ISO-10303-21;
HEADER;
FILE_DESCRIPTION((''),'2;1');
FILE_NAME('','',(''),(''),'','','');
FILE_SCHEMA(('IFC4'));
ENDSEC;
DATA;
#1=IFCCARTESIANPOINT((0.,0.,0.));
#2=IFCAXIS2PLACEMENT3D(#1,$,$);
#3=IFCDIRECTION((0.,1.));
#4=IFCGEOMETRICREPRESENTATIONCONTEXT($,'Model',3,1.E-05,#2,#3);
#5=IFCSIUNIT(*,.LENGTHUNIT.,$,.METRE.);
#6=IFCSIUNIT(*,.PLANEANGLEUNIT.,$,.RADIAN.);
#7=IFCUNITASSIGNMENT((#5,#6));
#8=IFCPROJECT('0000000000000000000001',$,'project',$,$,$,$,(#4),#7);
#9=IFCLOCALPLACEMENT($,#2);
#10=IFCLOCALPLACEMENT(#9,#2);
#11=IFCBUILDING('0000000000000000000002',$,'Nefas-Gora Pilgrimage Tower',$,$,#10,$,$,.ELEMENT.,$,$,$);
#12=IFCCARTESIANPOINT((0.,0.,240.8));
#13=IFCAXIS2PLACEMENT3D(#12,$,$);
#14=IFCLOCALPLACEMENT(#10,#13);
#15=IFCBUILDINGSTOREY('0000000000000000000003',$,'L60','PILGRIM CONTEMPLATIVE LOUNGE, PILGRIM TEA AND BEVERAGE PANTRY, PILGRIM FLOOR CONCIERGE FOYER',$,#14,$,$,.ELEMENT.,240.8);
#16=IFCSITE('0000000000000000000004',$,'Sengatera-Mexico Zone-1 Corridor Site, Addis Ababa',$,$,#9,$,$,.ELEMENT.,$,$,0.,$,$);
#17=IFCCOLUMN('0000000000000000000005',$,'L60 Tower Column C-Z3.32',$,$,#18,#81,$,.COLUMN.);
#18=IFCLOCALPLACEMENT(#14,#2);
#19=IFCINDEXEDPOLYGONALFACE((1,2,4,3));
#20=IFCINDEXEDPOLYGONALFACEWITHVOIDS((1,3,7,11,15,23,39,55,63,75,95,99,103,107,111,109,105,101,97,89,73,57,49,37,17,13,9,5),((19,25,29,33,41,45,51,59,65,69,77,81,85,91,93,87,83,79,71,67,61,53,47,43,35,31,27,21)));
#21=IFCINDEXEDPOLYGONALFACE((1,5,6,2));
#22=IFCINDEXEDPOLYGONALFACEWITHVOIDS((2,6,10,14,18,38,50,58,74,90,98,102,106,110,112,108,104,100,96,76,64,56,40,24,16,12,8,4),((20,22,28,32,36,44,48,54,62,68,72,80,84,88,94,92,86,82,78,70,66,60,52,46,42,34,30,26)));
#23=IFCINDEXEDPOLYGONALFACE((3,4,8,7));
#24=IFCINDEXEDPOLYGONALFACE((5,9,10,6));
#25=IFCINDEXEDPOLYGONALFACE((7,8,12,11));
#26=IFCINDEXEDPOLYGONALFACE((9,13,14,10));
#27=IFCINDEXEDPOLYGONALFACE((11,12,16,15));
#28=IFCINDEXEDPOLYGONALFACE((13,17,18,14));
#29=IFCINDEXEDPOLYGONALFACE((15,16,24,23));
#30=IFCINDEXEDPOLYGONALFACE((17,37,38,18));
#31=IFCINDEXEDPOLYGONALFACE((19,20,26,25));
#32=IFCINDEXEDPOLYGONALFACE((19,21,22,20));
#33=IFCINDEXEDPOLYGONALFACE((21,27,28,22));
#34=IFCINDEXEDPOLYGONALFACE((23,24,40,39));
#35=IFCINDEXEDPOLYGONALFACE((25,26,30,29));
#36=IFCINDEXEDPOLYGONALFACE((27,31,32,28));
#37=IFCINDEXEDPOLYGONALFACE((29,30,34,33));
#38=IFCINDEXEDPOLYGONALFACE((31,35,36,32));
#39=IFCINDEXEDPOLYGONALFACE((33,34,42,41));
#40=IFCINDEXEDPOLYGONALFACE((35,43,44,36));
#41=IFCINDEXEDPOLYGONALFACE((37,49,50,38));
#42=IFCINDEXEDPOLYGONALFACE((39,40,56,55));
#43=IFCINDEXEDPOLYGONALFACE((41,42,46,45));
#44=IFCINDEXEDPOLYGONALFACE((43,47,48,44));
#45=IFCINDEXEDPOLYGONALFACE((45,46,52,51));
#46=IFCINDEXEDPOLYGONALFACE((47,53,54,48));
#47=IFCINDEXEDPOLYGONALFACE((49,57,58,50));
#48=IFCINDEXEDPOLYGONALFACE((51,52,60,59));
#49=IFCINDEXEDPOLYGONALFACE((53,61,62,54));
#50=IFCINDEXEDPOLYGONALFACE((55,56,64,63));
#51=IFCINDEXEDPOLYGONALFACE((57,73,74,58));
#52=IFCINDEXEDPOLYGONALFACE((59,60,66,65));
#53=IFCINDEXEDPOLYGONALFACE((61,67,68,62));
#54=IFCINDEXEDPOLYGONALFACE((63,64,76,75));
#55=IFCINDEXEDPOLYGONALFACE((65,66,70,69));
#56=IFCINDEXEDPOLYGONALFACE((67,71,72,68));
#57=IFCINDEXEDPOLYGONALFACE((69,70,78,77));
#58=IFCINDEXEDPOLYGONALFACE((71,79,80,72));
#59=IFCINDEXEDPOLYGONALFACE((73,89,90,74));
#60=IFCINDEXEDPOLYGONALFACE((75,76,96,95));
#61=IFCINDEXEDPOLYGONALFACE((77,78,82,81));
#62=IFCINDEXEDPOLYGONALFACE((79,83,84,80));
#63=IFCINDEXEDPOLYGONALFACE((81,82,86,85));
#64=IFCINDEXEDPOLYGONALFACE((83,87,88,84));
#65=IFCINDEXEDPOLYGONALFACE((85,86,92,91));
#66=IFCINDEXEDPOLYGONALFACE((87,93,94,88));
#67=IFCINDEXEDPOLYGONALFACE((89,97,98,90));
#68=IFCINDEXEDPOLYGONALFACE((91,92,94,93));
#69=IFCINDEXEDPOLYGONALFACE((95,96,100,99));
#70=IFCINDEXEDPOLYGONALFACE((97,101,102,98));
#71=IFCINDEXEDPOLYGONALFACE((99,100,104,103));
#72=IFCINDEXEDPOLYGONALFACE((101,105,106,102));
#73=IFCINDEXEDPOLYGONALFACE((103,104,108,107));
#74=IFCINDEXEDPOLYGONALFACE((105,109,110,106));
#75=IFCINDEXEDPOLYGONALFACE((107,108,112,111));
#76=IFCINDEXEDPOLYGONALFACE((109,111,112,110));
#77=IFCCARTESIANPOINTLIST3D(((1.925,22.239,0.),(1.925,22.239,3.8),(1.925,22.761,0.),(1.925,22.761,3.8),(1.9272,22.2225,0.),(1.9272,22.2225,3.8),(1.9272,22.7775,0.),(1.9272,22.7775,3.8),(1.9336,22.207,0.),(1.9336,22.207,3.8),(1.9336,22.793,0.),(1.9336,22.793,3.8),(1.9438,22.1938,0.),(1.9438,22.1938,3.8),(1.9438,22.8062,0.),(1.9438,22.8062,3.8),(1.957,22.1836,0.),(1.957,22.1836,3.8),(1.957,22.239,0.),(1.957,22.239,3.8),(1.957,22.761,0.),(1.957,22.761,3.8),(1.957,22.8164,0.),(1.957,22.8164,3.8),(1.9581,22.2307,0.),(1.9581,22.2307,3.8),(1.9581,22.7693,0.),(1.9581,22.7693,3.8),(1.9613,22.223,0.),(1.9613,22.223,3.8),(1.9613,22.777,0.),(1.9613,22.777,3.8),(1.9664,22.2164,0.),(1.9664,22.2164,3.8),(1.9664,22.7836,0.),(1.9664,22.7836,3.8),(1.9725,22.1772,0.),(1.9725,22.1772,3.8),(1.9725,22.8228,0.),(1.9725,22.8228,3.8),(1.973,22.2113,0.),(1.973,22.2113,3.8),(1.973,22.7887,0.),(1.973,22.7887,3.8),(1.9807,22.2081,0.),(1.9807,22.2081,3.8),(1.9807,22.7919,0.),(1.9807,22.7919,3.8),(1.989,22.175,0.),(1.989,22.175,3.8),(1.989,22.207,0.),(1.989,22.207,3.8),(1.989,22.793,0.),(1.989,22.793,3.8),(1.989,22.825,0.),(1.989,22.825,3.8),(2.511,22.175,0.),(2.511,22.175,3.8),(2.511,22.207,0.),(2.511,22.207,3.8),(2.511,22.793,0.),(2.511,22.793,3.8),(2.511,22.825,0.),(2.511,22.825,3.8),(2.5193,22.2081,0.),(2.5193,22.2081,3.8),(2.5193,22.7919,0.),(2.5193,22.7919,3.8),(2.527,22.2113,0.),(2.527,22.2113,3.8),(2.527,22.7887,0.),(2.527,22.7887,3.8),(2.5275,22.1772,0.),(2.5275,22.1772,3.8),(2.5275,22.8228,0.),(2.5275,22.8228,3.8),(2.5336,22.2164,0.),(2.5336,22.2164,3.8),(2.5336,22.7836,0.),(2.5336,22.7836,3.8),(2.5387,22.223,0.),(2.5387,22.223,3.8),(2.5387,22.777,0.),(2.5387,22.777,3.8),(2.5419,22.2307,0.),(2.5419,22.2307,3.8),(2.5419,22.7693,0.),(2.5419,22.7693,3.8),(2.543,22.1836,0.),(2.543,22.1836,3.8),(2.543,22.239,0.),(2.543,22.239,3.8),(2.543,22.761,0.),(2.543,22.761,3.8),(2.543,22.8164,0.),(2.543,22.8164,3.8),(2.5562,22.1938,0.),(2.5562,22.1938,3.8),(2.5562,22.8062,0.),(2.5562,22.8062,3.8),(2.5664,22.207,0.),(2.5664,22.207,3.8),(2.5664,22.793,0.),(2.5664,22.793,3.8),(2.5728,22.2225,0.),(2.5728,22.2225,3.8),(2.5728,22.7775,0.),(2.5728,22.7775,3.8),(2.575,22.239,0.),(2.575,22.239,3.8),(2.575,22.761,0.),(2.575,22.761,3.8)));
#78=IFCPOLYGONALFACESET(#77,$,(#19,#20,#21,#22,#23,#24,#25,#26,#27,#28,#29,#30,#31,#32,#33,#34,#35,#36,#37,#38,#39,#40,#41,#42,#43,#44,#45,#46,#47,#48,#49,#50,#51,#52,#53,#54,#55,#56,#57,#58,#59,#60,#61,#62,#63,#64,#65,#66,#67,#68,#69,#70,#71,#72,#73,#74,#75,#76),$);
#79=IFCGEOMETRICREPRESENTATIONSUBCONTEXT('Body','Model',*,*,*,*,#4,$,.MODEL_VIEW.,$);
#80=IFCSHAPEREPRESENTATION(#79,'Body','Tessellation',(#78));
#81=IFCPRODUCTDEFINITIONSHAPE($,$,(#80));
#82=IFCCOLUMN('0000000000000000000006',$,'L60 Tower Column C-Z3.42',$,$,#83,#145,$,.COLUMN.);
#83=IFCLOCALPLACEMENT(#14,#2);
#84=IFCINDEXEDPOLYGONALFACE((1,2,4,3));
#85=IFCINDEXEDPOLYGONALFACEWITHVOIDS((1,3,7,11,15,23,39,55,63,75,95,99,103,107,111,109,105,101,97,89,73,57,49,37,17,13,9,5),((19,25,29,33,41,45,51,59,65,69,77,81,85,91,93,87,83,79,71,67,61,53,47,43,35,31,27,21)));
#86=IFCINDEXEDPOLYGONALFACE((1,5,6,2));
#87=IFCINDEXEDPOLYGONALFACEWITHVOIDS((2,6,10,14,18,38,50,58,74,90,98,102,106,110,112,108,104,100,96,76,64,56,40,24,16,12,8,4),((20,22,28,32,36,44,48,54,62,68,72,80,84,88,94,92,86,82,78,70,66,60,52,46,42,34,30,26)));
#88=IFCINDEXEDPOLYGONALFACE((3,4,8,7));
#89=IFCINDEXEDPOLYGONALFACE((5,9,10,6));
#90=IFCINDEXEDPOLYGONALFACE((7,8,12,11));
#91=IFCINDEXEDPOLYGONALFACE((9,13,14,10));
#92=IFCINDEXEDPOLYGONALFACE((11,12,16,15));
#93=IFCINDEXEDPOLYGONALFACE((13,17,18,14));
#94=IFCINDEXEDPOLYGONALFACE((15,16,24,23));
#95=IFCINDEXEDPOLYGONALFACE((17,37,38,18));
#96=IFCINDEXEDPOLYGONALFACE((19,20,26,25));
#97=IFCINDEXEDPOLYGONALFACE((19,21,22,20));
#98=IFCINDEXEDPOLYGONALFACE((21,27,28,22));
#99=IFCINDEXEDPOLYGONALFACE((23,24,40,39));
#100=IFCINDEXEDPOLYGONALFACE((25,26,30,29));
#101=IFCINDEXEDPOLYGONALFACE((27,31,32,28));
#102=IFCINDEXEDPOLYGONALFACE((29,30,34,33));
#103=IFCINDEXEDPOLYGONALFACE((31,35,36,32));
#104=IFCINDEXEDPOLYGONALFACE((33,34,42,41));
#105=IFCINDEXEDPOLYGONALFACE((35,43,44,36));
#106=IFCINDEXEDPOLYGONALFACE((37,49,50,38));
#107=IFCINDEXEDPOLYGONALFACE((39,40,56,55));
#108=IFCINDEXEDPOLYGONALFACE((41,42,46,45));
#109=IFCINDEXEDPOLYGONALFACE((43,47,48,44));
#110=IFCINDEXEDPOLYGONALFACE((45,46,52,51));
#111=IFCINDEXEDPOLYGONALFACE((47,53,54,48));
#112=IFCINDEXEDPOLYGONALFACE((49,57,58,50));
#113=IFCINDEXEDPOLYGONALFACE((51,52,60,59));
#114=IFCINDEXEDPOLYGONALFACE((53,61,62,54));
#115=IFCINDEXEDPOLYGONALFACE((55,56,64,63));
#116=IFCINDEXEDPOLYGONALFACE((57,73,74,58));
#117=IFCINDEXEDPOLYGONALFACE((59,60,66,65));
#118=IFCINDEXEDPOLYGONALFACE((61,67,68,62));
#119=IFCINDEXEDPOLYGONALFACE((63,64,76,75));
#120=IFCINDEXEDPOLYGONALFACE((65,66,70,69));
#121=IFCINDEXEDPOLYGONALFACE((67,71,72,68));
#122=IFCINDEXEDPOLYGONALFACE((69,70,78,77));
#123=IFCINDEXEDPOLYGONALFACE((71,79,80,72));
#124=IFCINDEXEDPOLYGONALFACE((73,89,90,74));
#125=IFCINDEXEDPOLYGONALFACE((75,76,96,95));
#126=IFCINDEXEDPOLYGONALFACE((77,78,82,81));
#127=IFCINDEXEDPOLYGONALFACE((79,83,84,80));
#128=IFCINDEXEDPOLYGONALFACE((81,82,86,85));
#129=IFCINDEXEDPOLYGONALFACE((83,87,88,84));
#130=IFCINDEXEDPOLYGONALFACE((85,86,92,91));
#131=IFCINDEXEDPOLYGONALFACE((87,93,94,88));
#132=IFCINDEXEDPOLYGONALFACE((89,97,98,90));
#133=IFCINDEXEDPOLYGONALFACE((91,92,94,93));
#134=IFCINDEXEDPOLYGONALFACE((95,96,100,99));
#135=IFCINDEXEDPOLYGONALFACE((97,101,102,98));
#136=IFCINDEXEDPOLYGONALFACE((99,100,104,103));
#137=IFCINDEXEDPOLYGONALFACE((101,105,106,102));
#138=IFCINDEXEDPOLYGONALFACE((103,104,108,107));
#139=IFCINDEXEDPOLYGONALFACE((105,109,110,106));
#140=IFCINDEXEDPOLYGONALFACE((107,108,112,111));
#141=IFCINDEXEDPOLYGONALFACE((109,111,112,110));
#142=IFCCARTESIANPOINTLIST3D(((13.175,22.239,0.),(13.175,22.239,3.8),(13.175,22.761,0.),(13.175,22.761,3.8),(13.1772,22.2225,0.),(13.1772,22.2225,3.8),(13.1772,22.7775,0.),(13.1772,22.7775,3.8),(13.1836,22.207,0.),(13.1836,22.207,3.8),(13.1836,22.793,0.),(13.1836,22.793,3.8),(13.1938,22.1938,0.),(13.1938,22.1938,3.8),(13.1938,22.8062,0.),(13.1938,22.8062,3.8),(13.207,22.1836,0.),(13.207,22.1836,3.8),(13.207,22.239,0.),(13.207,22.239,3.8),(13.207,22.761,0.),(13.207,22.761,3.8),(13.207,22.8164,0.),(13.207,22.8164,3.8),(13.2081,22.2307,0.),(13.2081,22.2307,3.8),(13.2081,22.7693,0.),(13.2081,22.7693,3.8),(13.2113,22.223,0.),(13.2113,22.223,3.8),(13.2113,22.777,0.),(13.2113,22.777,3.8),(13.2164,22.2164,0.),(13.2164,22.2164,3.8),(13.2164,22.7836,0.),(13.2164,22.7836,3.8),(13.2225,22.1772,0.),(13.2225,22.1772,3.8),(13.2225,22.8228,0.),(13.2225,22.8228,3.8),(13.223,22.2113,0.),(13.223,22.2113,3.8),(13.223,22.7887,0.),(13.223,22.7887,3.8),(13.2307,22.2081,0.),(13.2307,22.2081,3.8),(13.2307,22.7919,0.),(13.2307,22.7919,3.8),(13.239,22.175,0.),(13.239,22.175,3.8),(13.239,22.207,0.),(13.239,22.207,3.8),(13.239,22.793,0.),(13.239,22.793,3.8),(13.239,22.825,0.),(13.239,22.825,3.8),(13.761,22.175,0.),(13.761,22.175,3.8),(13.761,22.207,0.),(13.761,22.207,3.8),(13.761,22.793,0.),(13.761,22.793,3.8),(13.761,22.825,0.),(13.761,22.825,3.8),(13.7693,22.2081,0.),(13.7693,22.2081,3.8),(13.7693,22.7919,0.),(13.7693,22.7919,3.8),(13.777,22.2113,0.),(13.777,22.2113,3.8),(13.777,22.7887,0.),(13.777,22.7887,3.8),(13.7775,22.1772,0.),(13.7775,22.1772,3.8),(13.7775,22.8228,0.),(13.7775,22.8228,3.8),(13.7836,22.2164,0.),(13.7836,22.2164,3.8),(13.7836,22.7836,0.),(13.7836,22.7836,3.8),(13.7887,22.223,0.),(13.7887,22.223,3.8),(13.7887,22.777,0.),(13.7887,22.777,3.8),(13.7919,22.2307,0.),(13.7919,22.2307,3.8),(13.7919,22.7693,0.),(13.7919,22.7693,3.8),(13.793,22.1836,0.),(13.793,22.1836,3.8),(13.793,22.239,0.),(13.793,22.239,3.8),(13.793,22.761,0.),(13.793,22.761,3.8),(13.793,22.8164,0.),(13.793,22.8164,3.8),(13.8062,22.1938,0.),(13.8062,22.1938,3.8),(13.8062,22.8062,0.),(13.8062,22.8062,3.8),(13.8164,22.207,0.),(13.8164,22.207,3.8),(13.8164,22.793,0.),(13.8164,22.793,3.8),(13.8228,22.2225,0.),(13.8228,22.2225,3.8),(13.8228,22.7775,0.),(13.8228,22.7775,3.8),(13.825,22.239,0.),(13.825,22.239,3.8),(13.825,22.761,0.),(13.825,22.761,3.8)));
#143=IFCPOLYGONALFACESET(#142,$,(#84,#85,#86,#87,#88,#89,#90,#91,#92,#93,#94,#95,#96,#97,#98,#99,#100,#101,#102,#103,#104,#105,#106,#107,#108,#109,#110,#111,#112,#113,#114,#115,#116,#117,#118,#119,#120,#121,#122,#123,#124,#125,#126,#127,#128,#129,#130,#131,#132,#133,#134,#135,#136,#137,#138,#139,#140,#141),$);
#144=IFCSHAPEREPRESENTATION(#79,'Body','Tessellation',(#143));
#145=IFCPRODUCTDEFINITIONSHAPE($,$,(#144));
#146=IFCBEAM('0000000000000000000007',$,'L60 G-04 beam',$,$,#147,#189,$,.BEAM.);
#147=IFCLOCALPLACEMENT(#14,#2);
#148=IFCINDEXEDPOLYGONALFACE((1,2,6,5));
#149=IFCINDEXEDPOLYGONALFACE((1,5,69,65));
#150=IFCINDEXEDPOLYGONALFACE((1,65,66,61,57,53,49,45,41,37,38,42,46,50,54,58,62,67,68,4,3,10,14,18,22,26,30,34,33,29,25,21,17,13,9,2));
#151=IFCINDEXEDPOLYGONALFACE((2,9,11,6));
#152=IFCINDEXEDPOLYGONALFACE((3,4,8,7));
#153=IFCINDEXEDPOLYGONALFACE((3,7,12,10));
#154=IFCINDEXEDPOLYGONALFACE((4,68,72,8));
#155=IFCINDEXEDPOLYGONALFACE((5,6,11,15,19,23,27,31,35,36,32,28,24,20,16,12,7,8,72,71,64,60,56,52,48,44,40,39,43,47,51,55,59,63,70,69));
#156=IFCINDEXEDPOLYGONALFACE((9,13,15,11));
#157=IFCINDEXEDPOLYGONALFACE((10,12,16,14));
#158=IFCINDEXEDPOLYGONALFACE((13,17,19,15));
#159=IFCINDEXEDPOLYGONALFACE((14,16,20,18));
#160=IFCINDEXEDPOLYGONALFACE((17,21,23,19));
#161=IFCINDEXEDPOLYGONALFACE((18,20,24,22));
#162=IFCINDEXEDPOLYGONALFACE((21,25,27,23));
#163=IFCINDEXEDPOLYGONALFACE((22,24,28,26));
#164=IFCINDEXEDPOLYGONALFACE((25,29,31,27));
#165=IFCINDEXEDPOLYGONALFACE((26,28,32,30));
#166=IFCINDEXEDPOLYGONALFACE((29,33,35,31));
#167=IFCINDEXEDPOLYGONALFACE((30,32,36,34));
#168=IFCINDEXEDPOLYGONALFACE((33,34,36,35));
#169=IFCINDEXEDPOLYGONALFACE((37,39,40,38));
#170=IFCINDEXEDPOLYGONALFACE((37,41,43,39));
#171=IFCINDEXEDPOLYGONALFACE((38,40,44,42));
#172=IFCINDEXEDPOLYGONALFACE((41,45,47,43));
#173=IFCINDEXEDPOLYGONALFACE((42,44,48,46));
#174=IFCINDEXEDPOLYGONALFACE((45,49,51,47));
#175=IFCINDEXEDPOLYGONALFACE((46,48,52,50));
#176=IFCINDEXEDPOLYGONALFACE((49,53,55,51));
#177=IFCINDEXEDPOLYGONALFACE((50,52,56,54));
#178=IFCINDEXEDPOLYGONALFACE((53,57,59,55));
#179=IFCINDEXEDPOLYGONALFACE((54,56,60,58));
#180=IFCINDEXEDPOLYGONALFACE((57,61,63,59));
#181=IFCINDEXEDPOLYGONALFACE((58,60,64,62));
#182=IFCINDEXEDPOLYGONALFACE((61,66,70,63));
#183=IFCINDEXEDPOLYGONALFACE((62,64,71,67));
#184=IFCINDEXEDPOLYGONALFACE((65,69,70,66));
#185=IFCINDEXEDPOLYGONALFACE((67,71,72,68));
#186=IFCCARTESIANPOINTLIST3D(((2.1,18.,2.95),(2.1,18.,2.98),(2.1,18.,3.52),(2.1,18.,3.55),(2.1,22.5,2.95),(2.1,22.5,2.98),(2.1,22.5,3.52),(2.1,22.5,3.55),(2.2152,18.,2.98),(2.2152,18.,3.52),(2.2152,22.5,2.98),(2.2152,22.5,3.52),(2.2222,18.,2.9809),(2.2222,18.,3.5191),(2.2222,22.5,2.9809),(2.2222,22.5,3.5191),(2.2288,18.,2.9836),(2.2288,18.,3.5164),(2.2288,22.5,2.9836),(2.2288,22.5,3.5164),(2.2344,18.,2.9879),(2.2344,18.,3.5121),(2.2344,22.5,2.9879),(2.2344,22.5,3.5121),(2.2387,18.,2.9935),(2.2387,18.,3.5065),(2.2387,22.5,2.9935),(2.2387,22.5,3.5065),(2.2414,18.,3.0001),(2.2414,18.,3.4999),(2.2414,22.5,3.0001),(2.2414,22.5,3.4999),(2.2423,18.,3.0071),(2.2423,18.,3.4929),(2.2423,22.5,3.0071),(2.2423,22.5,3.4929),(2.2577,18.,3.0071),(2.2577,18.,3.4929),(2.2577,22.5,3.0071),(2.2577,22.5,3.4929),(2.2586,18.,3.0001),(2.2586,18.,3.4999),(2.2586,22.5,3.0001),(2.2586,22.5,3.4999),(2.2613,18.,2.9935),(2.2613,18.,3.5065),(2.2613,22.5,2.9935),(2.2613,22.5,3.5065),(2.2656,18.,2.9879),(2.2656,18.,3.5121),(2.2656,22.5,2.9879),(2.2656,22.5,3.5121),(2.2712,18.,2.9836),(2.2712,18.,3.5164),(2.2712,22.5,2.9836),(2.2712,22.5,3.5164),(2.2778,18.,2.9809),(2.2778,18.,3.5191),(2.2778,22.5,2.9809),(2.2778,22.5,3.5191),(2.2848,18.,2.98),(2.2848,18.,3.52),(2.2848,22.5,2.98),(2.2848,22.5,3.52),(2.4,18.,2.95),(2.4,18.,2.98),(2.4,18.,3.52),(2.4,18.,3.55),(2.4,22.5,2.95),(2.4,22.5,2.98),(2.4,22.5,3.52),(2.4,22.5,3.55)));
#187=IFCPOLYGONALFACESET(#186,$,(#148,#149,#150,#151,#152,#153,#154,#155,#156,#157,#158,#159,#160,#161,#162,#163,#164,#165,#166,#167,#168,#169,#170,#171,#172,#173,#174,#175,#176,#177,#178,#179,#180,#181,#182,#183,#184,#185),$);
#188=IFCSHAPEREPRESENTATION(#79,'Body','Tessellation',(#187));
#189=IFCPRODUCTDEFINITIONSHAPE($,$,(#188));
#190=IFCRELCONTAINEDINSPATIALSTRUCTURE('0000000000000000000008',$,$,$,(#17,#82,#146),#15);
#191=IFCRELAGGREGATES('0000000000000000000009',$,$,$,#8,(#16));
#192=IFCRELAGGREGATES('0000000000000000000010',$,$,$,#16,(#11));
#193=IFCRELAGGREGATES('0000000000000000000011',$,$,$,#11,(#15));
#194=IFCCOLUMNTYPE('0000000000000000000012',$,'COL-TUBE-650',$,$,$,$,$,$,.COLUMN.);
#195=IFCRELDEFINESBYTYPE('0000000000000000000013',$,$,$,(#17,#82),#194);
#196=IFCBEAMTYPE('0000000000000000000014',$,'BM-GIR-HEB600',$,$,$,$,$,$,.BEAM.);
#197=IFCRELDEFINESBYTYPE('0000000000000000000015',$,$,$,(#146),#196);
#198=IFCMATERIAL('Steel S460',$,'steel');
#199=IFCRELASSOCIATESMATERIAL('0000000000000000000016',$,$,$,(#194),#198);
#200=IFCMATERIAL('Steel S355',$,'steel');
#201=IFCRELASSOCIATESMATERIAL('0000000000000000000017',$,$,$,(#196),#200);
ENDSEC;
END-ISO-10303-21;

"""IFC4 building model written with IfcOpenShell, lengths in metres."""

from ifc_helpers import new_model, si_unit, direction, frame, origin, origin_2d, place, context, subcontext, project, spatial, hollow_rectangle, i_section, extrude, source, transform, mapped, material, material_profile, profile_set, type_object, element, save


model = new_model("IFC4")

# Units and contexts
model_context = context("Model", 3, precision=1e-05, world=origin(), true_north=direction((0.0, 1.0)))
body_context = subcontext(model_context, "Body", "Model", "MODEL_VIEW")
ifc_project = project(units=[si_unit("LENGTHUNIT", "METRE"), si_unit("PLANEANGLEUNIT", "RADIAN")], contexts=[model_context])

# Site, building, storey
site_placement = place(None, origin())
site = spatial("IfcSite", under=ifc_project, at=site_placement, Name="Sengatera-Mexico Zone-1 Corridor Site, Addis Ababa", CompositionType="ELEMENT", RefElevation=0.0)
building_placement = place(site_placement, origin())
building = spatial("IfcBuilding", under=site, at=building_placement, Name="Nefas-Gora Pilgrimage Tower", CompositionType="ELEMENT")
storey_placement = place(building_placement, frame((0.0, 0.0, 240.8)))
storey = spatial("IfcBuildingStorey", under=building, at=storey_placement, Name="L60", Description="PILGRIM CONTEMPLATIVE LOUNGE, PILGRIM TEA AND BEVERAGE PANTRY, PILGRIM FLOOR CONCIERGE FOYER", CompositionType="ELEMENT", Elevation=240.8)

# Columns
ifc_material_1 = material(Name="Steel S460", Category="steel")
ifc_material_profile_1 = material_profile(ifc_material_1, hollow_rectangle(XDim=0.6499, YDim=0.6499, WallThickness=0.032, InnerFilletRadius=0.032, OuterFilletRadius=0.064, at=origin_2d()), Name="BOX 650x650x32")
ifc_profile_set_1 = profile_set([ifc_material_profile_1], Name="Steel S460")
column_type_1 = type_object("IfcColumnType", Name="COL-TUBE-650", PredefinedType="COLUMN", material=ifc_profile_set_1)
shared_shape_1 = source(origin(), body_context, "Body", "SweptSolid", [
    extrude(hollow_rectangle(XDim=0.6499, YDim=0.6499, WallThickness=0.032, InnerFilletRadius=0.032, OuterFilletRadius=0.064, at=origin_2d()), origin(), (0.0, 0.0, 1.0), 3.8),
])
for number, where, z_axis, x_axis, name in (
    (1, (2.25, 22.5, 0.0), (0.0, 0.0, 1.0), (1.0, 0.0, 0.0), "L60 Tower Column C-Z3.32"),
    (2, (13.5, 22.5, 0.0), (0.0, 0.0, 1.0), (1.0, 0.0, 0.0), "L60 Tower Column C-Z3.42"),
):
    element("IfcColumn", number, at=place(storey_placement, frame(where, z_axis=z_axis, x_axis=x_axis)), inside=storey, type_object=column_type_1, Name=name, PredefinedType="COLUMN", context=body_context, shape_type="MappedRepresentation", body=[
        mapped(shared_shape_1, transform((0.0, 0.0, 0.0), x_axis=(1.0, 0.0, 0.0), y_axis=(0.0, 1.0, 0.0), z_axis=(0.0, 0.0, 1.0), scale=1.0)),
    ])

# Beam
ifc_material_2 = material(Name="Steel S355", Category="steel")
ifc_material_profile_2 = material_profile(ifc_material_2, i_section(OverallWidth=0.3, OverallDepth=0.6001, WebThickness=0.0154, FlangeThickness=0.03, FilletRadius=0.0271, at=origin_2d()), Name="HEB 600")
ifc_profile_set_2 = profile_set([ifc_material_profile_2], Name="Steel S355")
beam_type_1 = type_object("IfcBeamType", Name="BM-GIR-HEB600", PredefinedType="BEAM", material=ifc_profile_set_2)
shared_shape_2 = source(origin(), body_context, "Body", "SweptSolid", [
    extrude(i_section(OverallWidth=0.3, OverallDepth=0.6001, WebThickness=0.0154, FlangeThickness=0.03, FilletRadius=0.0271, at=origin_2d()), origin(), (0.0, 0.0, 1.0), 4.5),
])
for number, where, z_axis, x_axis, name in (
    (3, (2.25, 18.0, 3.25), (0.0, 1.0, 0.0), (-1.0, 0.0, 0.0), "L60 G-04 beam"),
):
    element("IfcBeam", number, at=place(storey_placement, frame(where, z_axis=z_axis, x_axis=x_axis)), inside=storey, type_object=beam_type_1, Name=name, PredefinedType="BEAM", context=body_context, shape_type="MappedRepresentation", body=[
        mapped(shared_shape_2, transform((0.0, 0.0, 0.0), x_axis=(1.0, 0.0, 0.0), y_axis=(0.0, 1.0, 0.0), z_axis=(0.0, 0.0, 1.0), scale=1.0)),
    ])

save(model, "model.ifc")
